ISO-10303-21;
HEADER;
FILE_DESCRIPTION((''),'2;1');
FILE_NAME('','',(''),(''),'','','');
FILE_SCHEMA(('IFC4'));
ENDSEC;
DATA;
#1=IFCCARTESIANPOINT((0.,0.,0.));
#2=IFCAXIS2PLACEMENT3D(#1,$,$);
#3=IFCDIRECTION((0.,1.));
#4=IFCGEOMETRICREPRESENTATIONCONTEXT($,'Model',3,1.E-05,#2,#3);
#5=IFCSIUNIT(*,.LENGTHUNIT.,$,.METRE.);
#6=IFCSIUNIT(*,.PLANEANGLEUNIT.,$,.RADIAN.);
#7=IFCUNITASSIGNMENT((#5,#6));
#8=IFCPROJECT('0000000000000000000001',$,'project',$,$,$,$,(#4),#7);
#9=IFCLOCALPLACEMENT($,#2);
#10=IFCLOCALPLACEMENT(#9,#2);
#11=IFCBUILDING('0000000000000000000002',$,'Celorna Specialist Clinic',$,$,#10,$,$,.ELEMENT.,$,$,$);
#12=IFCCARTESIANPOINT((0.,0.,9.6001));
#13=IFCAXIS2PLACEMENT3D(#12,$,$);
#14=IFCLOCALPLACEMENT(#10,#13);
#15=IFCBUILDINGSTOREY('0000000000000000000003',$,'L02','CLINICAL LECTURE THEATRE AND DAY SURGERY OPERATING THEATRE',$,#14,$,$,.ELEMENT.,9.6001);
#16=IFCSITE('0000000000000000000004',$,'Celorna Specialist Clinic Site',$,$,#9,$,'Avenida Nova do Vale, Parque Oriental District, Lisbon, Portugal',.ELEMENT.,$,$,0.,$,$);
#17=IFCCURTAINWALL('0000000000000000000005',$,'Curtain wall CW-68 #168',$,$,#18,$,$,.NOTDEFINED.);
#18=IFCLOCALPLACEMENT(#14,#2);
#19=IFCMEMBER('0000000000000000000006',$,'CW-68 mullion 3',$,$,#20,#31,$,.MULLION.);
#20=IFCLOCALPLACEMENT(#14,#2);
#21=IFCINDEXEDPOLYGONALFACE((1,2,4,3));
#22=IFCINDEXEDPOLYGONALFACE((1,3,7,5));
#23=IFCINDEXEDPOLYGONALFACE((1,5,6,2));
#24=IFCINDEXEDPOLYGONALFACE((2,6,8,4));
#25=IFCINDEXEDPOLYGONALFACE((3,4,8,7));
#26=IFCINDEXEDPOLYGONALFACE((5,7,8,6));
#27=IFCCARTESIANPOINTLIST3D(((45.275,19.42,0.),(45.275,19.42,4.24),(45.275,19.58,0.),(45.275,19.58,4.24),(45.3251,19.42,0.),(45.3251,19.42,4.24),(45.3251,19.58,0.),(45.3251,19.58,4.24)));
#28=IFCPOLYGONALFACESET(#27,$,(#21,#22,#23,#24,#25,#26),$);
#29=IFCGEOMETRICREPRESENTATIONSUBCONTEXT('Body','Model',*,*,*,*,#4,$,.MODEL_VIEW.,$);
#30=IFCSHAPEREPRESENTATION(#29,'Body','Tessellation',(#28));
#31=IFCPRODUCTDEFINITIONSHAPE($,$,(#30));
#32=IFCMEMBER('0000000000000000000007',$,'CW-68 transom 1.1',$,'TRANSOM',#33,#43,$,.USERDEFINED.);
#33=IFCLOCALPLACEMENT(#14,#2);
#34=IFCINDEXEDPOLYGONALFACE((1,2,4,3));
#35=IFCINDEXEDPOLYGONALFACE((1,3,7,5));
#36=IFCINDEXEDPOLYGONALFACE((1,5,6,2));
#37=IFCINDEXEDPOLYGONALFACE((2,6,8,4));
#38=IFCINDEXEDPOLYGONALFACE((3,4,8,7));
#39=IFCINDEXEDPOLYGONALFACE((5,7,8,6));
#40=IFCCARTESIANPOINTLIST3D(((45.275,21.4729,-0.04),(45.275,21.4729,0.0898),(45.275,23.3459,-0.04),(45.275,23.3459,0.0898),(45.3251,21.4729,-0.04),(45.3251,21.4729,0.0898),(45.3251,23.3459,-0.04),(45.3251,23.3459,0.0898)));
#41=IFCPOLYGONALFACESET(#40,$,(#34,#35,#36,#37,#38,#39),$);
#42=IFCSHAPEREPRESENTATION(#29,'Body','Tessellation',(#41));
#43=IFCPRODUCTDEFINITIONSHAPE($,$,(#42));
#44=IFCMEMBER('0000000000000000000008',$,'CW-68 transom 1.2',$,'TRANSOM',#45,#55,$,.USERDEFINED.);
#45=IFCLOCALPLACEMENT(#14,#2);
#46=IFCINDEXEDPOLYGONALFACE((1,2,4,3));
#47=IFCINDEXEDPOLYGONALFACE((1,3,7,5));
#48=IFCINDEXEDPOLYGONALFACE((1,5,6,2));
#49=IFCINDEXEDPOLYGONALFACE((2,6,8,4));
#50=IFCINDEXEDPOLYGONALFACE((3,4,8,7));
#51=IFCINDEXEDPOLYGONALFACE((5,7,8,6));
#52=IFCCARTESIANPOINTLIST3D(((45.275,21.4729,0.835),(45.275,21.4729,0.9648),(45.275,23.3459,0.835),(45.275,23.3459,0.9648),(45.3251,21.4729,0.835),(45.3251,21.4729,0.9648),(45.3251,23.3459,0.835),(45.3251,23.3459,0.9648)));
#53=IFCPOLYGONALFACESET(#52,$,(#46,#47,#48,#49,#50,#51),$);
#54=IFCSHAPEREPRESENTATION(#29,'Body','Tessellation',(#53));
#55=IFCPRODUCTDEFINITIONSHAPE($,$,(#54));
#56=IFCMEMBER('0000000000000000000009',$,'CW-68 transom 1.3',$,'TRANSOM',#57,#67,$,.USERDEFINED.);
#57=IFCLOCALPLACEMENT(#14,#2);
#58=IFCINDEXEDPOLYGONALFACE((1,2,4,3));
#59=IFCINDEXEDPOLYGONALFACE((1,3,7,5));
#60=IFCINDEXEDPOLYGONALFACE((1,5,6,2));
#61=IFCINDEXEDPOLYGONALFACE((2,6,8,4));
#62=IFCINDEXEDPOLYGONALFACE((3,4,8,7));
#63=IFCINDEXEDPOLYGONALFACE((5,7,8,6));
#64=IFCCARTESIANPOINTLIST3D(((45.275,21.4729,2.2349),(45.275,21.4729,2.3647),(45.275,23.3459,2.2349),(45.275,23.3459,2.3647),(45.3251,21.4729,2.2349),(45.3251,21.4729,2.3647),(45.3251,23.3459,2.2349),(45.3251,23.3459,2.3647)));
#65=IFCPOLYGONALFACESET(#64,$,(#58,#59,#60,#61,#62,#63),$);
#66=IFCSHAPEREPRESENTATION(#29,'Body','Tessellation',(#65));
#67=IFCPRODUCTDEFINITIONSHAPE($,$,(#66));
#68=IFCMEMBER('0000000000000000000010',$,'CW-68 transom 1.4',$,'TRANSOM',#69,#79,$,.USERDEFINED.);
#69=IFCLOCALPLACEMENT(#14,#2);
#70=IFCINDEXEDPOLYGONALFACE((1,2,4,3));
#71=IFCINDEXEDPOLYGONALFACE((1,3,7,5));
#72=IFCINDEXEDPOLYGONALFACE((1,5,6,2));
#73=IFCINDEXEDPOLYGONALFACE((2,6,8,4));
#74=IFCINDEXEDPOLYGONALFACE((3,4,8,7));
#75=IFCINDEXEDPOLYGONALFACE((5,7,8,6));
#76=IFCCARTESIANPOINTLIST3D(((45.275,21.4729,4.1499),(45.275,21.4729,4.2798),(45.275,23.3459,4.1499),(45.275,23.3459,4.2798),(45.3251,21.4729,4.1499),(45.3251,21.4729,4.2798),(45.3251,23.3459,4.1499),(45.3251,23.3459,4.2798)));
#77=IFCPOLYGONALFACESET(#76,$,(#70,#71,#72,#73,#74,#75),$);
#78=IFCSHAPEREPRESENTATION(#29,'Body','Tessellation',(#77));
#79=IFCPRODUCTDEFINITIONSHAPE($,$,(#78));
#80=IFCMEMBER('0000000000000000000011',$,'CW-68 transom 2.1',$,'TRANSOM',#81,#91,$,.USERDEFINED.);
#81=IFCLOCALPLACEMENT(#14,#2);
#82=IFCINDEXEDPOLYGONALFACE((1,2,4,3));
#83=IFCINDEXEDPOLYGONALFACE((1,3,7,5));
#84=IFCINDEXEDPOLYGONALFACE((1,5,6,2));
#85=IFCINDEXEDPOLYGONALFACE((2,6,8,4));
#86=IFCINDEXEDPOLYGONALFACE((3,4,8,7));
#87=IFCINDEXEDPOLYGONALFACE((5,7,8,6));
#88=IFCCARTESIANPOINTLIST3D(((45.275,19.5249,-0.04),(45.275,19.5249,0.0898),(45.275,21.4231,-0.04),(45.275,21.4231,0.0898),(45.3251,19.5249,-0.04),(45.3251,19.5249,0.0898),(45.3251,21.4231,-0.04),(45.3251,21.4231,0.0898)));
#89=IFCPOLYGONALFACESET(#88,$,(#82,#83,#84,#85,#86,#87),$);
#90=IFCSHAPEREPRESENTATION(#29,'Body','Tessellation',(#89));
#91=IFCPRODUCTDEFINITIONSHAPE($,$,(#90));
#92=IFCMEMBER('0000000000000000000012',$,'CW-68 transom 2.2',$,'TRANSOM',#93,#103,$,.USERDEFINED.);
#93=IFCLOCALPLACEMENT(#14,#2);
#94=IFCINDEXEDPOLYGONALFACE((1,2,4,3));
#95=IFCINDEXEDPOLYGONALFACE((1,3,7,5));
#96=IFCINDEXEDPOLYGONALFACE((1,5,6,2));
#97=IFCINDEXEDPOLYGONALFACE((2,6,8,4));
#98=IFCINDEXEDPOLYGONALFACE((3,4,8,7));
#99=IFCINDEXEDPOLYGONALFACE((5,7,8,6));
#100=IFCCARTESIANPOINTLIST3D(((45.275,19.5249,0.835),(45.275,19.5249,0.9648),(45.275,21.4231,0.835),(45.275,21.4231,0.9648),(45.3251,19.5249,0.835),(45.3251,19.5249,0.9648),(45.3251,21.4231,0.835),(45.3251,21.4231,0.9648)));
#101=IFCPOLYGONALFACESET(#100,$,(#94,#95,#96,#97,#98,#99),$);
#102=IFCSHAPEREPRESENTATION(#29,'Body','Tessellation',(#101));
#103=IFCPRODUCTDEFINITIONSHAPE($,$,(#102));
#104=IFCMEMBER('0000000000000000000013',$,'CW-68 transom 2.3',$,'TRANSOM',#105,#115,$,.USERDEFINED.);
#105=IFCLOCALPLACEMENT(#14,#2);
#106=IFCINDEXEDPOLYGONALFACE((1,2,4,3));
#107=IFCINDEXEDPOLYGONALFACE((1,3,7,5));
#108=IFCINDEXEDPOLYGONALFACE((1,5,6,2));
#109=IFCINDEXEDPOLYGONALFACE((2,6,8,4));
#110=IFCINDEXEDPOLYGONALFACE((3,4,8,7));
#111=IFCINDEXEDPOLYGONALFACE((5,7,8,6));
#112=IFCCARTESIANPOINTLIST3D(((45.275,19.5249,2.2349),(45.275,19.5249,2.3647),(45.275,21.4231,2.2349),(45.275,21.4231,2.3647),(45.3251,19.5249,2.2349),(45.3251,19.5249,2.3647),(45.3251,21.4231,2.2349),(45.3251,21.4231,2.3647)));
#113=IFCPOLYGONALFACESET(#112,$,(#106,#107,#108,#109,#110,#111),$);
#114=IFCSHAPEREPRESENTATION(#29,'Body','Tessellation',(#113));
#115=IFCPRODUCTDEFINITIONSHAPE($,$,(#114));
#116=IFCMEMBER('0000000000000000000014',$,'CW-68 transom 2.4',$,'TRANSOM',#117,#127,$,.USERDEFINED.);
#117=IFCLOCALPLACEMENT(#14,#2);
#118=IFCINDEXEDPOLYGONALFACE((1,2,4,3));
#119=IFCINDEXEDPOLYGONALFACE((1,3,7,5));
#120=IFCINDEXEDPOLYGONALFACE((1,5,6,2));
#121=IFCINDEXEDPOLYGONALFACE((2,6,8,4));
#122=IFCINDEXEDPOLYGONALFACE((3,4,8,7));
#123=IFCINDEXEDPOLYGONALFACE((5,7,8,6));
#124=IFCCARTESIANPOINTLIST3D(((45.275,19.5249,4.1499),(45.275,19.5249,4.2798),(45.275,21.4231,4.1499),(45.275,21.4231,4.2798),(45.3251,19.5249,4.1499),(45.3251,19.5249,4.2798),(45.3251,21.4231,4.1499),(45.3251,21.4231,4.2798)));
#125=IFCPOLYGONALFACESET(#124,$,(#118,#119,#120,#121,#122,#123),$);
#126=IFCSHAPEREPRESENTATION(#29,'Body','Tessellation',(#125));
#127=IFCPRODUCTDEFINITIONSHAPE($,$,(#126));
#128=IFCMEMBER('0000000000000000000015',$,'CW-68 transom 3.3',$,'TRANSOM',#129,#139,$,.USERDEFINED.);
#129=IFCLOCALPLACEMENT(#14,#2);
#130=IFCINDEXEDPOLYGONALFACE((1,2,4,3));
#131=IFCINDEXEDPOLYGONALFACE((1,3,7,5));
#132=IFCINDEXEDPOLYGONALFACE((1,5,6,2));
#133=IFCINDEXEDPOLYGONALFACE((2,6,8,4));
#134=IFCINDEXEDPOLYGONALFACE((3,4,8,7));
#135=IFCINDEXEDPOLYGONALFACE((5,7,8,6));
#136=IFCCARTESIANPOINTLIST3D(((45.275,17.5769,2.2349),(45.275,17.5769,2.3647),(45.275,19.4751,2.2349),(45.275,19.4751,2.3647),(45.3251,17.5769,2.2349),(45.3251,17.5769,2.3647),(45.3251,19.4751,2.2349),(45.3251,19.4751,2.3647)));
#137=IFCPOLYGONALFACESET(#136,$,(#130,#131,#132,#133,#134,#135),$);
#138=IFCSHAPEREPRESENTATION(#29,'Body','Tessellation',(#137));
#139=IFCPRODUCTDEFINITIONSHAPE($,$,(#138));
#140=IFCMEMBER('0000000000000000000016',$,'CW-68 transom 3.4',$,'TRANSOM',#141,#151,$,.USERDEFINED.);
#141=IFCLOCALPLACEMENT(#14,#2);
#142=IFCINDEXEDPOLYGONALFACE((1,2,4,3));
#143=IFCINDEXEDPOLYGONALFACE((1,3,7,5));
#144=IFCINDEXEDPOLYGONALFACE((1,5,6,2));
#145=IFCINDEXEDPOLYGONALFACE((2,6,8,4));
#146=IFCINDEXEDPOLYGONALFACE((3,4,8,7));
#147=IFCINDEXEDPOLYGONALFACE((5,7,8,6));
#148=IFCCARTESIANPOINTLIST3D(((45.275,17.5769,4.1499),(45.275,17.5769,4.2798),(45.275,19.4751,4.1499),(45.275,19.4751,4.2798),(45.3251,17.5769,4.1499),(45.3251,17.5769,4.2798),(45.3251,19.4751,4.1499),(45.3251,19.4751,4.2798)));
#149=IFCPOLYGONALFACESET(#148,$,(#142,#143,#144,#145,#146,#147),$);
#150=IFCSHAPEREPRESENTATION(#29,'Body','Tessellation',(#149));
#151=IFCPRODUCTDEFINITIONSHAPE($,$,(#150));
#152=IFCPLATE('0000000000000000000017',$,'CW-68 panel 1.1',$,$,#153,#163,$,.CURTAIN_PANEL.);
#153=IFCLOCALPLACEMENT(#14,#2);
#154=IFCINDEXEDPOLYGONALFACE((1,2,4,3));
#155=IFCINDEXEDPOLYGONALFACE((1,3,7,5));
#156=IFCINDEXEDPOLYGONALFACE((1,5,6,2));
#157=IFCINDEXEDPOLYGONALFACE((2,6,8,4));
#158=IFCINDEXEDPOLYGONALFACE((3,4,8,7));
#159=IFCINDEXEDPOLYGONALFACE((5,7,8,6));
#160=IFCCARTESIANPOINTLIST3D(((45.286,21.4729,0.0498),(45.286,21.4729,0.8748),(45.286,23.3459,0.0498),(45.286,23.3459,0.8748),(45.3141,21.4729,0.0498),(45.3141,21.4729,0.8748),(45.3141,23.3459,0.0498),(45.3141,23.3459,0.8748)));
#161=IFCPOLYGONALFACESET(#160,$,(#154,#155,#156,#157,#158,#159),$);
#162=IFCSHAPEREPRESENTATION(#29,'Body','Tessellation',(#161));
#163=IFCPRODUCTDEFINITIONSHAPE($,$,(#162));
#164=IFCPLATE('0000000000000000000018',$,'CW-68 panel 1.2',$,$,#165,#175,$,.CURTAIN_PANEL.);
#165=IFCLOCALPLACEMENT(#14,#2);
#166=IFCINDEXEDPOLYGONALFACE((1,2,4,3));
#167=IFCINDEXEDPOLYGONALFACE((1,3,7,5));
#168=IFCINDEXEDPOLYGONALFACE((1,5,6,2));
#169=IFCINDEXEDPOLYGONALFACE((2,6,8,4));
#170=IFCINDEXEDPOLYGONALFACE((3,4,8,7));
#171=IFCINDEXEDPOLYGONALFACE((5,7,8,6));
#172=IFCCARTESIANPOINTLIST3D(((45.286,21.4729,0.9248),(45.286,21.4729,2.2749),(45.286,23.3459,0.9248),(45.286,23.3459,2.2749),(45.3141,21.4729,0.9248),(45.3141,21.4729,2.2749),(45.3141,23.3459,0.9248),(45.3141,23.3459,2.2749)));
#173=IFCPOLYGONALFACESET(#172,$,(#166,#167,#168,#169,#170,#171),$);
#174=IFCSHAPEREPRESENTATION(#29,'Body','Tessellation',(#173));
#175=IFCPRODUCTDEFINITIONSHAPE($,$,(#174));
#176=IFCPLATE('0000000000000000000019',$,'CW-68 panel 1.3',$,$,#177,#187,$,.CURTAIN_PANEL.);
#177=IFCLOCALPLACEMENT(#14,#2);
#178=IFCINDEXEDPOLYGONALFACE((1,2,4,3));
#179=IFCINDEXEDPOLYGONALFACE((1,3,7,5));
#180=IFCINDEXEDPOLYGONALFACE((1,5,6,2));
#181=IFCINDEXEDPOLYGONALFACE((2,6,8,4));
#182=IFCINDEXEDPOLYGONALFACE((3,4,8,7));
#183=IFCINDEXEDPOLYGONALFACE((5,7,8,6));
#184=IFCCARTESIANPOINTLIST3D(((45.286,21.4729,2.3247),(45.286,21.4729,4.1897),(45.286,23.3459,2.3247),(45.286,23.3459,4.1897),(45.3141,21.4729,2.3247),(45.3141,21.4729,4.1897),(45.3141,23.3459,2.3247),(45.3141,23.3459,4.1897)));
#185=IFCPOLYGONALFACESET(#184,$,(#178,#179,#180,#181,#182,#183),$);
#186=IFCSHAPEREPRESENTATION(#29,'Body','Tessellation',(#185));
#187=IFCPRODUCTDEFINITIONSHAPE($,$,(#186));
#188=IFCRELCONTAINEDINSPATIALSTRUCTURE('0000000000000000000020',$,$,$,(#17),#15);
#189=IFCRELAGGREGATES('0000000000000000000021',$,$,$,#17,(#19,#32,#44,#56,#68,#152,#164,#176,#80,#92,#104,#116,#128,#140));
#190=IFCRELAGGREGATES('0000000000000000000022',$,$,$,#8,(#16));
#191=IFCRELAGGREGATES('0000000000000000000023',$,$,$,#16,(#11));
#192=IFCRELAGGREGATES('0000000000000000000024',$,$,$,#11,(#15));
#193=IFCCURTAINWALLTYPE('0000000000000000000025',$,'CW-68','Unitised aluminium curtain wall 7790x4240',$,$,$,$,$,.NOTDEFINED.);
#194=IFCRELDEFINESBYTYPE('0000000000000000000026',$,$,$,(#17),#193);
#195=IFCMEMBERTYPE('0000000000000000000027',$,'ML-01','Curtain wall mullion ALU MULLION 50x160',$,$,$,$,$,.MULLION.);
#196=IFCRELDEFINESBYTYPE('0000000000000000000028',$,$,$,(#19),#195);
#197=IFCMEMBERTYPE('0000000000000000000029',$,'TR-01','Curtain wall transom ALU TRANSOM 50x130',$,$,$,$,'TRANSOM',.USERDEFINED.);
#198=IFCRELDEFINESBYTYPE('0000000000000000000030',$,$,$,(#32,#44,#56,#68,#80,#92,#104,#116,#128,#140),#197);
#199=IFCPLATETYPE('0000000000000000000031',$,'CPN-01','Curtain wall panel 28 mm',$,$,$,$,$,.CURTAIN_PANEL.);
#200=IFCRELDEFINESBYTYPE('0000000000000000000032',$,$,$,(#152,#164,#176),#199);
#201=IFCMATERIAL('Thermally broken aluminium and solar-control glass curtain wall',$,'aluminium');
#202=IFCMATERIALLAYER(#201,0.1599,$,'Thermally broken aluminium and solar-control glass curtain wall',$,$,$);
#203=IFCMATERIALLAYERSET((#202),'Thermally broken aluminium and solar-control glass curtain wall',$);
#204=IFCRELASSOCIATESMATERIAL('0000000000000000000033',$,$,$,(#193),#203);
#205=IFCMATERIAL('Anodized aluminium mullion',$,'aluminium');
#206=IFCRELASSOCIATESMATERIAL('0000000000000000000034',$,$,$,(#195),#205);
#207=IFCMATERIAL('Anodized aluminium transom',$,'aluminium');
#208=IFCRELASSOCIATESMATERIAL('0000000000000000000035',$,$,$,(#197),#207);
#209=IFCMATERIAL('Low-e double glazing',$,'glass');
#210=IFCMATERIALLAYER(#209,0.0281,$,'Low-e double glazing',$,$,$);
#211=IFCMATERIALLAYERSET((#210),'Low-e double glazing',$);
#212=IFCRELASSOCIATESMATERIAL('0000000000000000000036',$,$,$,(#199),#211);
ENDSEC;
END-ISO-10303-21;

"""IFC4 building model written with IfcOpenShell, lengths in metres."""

from ifc_helpers import new_model, si_unit, direction, frame, origin, origin_2d, place, context, subcontext, project, spatial, rectangle, extrude, material, layer, layer_set, material_profile, profile_set, type_object, element, aggregate, save


model = new_model("IFC4")

# Units and contexts
model_context = context("Model", 3, precision=1e-05, world=origin(), true_north=direction((0.0, 1.0)))
body_context = subcontext(model_context, "Body", "Model", "MODEL_VIEW")
ifc_project = project(units=[si_unit("LENGTHUNIT", "METRE"), si_unit("PLANEANGLEUNIT", "RADIAN")], contexts=[model_context])

# Site, building, storey
site_placement = place(None, origin())
site = spatial("IfcSite", under=ifc_project, at=site_placement, Name="Celorna Specialist Clinic Site", LongName="Avenida Nova do Vale, Parque Oriental District, Lisbon, Portugal", CompositionType="ELEMENT", RefElevation=0.0)
building_placement = place(site_placement, origin())
building = spatial("IfcBuilding", under=site, at=building_placement, Name="Celorna Specialist Clinic", CompositionType="ELEMENT")
storey_placement = place(building_placement, frame((0.0, 0.0, 9.6001)))
storey = spatial("IfcBuildingStorey", under=building, at=storey_placement, Name="L02", Description="CLINICAL LECTURE THEATRE AND DAY SURGERY OPERATING THEATRE", CompositionType="ELEMENT", Elevation=9.6001)

# Curtain wall, members, plates
ifc_material_1 = material(Name="Thermally broken aluminium and solar-control glass curtain wall", Category="aluminium")
ifc_layer_1 = layer(ifc_material_1, 0.1599, Name="Thermally broken aluminium and solar-control glass curtain wall")
ifc_layer_set_1 = layer_set([ifc_layer_1], Name="Thermally broken aluminium and solar-control glass curtain wall")
curtain_wall_type = type_object("IfcCurtainWallType", Name="CW-68", Description="Unitised aluminium curtain wall 7790x4240", PredefinedType="NOTDEFINED", material=ifc_layer_set_1)
curtain_wall_placement = place(storey_placement, origin())
curtain_wall = element("IfcCurtainWall", 1, at=curtain_wall_placement, inside=storey, type_object=curtain_wall_type, Name="Curtain wall CW-68 #168", PredefinedType="NOTDEFINED")
ifc_material_2 = material(Name="Anodized aluminium mullion", Category="aluminium")
ifc_material_profile_1 = material_profile(ifc_material_2, rectangle(XDim=0.05, YDim=0.1599, at=origin_2d()), Name="ALU MULLION 50x160")
ifc_profile_set_1 = profile_set([ifc_material_profile_1], Name="Anodized aluminium mullion")
member_type_1 = type_object("IfcMemberType", Name="ML-01", Description="Curtain wall mullion ALU MULLION 50x160", PredefinedType="MULLION", material=ifc_profile_set_1)
member_1_placement = place(storey_placement, frame((45.3, 19.5, 0.0), z_axis=(0.0, 0.0, 1.0), x_axis=(1.0, 0.0, 0.0)))
member_1 = element("IfcMember", 2, at=member_1_placement, type_object=member_type_1, Name="CW-68 mullion 3", PredefinedType="MULLION", context=body_context, shape_type="SweptSolid", body=[
    extrude(rectangle(XDim=0.05, YDim=0.1599, at=origin_2d()), origin(), (0.0, 0.0, 1.0), 4.24),
])
ifc_material_3 = material(Name="Anodized aluminium transom", Category="aluminium")
ifc_material_profile_2 = material_profile(ifc_material_3, rectangle(XDim=0.05, YDim=0.1299, at=origin_2d()), Name="ALU TRANSOM 50x130")
ifc_profile_set_2 = profile_set([ifc_material_profile_2], Name="Anodized aluminium transom")
member_type_2 = type_object("IfcMemberType", Name="TR-01", Description="Curtain wall transom ALU TRANSOM 50x130", ElementType="TRANSOM", PredefinedType="USERDEFINED", material=ifc_profile_set_2)
member_2_placement = place(storey_placement, frame((45.3, 23.3459, 0.0249), z_axis=(0.0, -1.0, 0.0), x_axis=(1.0, 0.0, 0.0)))
member_2 = element("IfcMember", 3, at=member_2_placement, type_object=member_type_2, Name="CW-68 transom 1.1", ObjectType="TRANSOM", PredefinedType="USERDEFINED", context=body_context, shape_type="SweptSolid", body=[
    extrude(rectangle(XDim=0.05, YDim=0.1299, at=origin_2d()), origin(), (0.0, 0.0, 1.0), 1.873),
])
member_3_placement = place(storey_placement, frame((45.3, 23.3459, 0.8999), z_axis=(0.0, -1.0, 0.0), x_axis=(1.0, 0.0, 0.0)))
member_3 = element("IfcMember", 4, at=member_3_placement, type_object=member_type_2, Name="CW-68 transom 1.2", ObjectType="TRANSOM", PredefinedType="USERDEFINED", context=body_context, shape_type="SweptSolid", body=[
    extrude(rectangle(XDim=0.05, YDim=0.1299, at=origin_2d()), origin(), (0.0, 0.0, 1.0), 1.873),
])
member_4_placement = place(storey_placement, frame((45.3, 23.3459, 2.2998), z_axis=(0.0, -1.0, 0.0), x_axis=(1.0, 0.0, 0.0)))
member_4 = element("IfcMember", 5, at=member_4_placement, type_object=member_type_2, Name="CW-68 transom 1.3", ObjectType="TRANSOM", PredefinedType="USERDEFINED", context=body_context, shape_type="SweptSolid", body=[
    extrude(rectangle(XDim=0.05, YDim=0.1299, at=origin_2d()), origin(), (0.0, 0.0, 1.0), 1.873),
])
member_5_placement = place(storey_placement, frame((45.3, 23.3459, 4.2148), z_axis=(0.0, -1.0, 0.0), x_axis=(1.0, 0.0, 0.0)))
member_5 = element("IfcMember", 6, at=member_5_placement, type_object=member_type_2, Name="CW-68 transom 1.4", ObjectType="TRANSOM", PredefinedType="USERDEFINED", context=body_context, shape_type="SweptSolid", body=[
    extrude(rectangle(XDim=0.05, YDim=0.1299, at=origin_2d()), origin(), (0.0, 0.0, 1.0), 1.873),
])
member_6_placement = place(storey_placement, frame((45.3, 21.4231, 0.0249), z_axis=(0.0, -1.0, 0.0), x_axis=(1.0, 0.0, 0.0)))
member_6 = element("IfcMember", 7, at=member_6_placement, type_object=member_type_2, Name="CW-68 transom 2.1", ObjectType="TRANSOM", PredefinedType="USERDEFINED", context=body_context, shape_type="SweptSolid", body=[
    extrude(rectangle(XDim=0.05, YDim=0.1299, at=origin_2d()), origin(), (0.0, 0.0, 1.0), 1.8982),
])
member_7_placement = place(storey_placement, frame((45.3, 21.4231, 0.8999), z_axis=(0.0, -1.0, 0.0), x_axis=(1.0, 0.0, 0.0)))
member_7 = element("IfcMember", 8, at=member_7_placement, type_object=member_type_2, Name="CW-68 transom 2.2", ObjectType="TRANSOM", PredefinedType="USERDEFINED", context=body_context, shape_type="SweptSolid", body=[
    extrude(rectangle(XDim=0.05, YDim=0.1299, at=origin_2d()), origin(), (0.0, 0.0, 1.0), 1.8982),
])
member_8_placement = place(storey_placement, frame((45.3, 21.4231, 2.2998), z_axis=(0.0, -1.0, 0.0), x_axis=(1.0, 0.0, 0.0)))
member_8 = element("IfcMember", 9, at=member_8_placement, type_object=member_type_2, Name="CW-68 transom 2.3", ObjectType="TRANSOM", PredefinedType="USERDEFINED", context=body_context, shape_type="SweptSolid", body=[
    extrude(rectangle(XDim=0.05, YDim=0.1299, at=origin_2d()), origin(), (0.0, 0.0, 1.0), 1.8982),
])
member_9_placement = place(storey_placement, frame((45.3, 21.4231, 4.2148), z_axis=(0.0, -1.0, 0.0), x_axis=(1.0, 0.0, 0.0)))
member_9 = element("IfcMember", 10, at=member_9_placement, type_object=member_type_2, Name="CW-68 transom 2.4", ObjectType="TRANSOM", PredefinedType="USERDEFINED", context=body_context, shape_type="SweptSolid", body=[
    extrude(rectangle(XDim=0.05, YDim=0.1299, at=origin_2d()), origin(), (0.0, 0.0, 1.0), 1.8982),
])
member_10_placement = place(storey_placement, frame((45.3, 19.4751, 2.2998), z_axis=(0.0, -1.0, 0.0), x_axis=(1.0, 0.0, 0.0)))
member_10 = element("IfcMember", 11, at=member_10_placement, type_object=member_type_2, Name="CW-68 transom 3.3", ObjectType="TRANSOM", PredefinedType="USERDEFINED", context=body_context, shape_type="SweptSolid", body=[
    extrude(rectangle(XDim=0.05, YDim=0.1299, at=origin_2d()), origin(), (0.0, 0.0, 1.0), 1.8982),
])
member_11_placement = place(storey_placement, frame((45.3, 19.4751, 4.2148), z_axis=(0.0, -1.0, 0.0), x_axis=(1.0, 0.0, 0.0)))
member_11 = element("IfcMember", 12, at=member_11_placement, type_object=member_type_2, Name="CW-68 transom 3.4", ObjectType="TRANSOM", PredefinedType="USERDEFINED", context=body_context, shape_type="SweptSolid", body=[
    extrude(rectangle(XDim=0.05, YDim=0.1299, at=origin_2d()), origin(), (0.0, 0.0, 1.0), 1.8982),
])
ifc_material_4 = material(Name="Low-e double glazing", Category="glass")
ifc_layer_2 = layer(ifc_material_4, 0.0281, Name="Low-e double glazing")
ifc_layer_set_2 = layer_set([ifc_layer_2], Name="Low-e double glazing")
plate_type_1 = type_object("IfcPlateType", Name="CPN-01", Description="Curtain wall panel 28 mm", PredefinedType="CURTAIN_PANEL", material=ifc_layer_set_2)
plate_1_placement = place(storey_placement, frame((45.3, 22.4094, 0.0498), z_axis=(0.0, 0.0, 1.0), x_axis=(0.0, -1.0, 0.0)))
plate_1 = element("IfcPlate", 13, at=plate_1_placement, type_object=plate_type_1, Name="CW-68 panel 1.1", PredefinedType="CURTAIN_PANEL", context=body_context, shape_type="SweptSolid", body=[
    extrude(rectangle(XDim=1.873, YDim=0.0281, at=origin_2d()), origin(), (0.0, 0.0, 1.0), 0.825),
])
plate_2_placement = place(storey_placement, frame((45.3, 22.4094, 0.9248), z_axis=(0.0, 0.0, 1.0), x_axis=(0.0, -1.0, 0.0)))
plate_2 = element("IfcPlate", 14, at=plate_2_placement, type_object=plate_type_1, Name="CW-68 panel 1.2", PredefinedType="CURTAIN_PANEL", context=body_context, shape_type="SweptSolid", body=[
    extrude(rectangle(XDim=1.873, YDim=0.0281, at=origin_2d()), origin(), (0.0, 0.0, 1.0), 1.3501),
])
plate_3_placement = place(storey_placement, frame((45.3, 22.4094, 2.3247), z_axis=(0.0, 0.0, 1.0), x_axis=(0.0, -1.0, 0.0)))
plate_3 = element("IfcPlate", 15, at=plate_3_placement, type_object=plate_type_1, Name="CW-68 panel 1.3", PredefinedType="CURTAIN_PANEL", context=body_context, shape_type="SweptSolid", body=[
    extrude(rectangle(XDim=1.873, YDim=0.0281, at=origin_2d()), origin(), (0.0, 0.0, 1.0), 1.865),
])
aggregate(curtain_wall, [member_1, member_2, member_3, member_4, member_5, plate_1, plate_2, plate_3, member_6, member_7, member_8, member_9, member_10, member_11])

save(model, "model.ifc")
